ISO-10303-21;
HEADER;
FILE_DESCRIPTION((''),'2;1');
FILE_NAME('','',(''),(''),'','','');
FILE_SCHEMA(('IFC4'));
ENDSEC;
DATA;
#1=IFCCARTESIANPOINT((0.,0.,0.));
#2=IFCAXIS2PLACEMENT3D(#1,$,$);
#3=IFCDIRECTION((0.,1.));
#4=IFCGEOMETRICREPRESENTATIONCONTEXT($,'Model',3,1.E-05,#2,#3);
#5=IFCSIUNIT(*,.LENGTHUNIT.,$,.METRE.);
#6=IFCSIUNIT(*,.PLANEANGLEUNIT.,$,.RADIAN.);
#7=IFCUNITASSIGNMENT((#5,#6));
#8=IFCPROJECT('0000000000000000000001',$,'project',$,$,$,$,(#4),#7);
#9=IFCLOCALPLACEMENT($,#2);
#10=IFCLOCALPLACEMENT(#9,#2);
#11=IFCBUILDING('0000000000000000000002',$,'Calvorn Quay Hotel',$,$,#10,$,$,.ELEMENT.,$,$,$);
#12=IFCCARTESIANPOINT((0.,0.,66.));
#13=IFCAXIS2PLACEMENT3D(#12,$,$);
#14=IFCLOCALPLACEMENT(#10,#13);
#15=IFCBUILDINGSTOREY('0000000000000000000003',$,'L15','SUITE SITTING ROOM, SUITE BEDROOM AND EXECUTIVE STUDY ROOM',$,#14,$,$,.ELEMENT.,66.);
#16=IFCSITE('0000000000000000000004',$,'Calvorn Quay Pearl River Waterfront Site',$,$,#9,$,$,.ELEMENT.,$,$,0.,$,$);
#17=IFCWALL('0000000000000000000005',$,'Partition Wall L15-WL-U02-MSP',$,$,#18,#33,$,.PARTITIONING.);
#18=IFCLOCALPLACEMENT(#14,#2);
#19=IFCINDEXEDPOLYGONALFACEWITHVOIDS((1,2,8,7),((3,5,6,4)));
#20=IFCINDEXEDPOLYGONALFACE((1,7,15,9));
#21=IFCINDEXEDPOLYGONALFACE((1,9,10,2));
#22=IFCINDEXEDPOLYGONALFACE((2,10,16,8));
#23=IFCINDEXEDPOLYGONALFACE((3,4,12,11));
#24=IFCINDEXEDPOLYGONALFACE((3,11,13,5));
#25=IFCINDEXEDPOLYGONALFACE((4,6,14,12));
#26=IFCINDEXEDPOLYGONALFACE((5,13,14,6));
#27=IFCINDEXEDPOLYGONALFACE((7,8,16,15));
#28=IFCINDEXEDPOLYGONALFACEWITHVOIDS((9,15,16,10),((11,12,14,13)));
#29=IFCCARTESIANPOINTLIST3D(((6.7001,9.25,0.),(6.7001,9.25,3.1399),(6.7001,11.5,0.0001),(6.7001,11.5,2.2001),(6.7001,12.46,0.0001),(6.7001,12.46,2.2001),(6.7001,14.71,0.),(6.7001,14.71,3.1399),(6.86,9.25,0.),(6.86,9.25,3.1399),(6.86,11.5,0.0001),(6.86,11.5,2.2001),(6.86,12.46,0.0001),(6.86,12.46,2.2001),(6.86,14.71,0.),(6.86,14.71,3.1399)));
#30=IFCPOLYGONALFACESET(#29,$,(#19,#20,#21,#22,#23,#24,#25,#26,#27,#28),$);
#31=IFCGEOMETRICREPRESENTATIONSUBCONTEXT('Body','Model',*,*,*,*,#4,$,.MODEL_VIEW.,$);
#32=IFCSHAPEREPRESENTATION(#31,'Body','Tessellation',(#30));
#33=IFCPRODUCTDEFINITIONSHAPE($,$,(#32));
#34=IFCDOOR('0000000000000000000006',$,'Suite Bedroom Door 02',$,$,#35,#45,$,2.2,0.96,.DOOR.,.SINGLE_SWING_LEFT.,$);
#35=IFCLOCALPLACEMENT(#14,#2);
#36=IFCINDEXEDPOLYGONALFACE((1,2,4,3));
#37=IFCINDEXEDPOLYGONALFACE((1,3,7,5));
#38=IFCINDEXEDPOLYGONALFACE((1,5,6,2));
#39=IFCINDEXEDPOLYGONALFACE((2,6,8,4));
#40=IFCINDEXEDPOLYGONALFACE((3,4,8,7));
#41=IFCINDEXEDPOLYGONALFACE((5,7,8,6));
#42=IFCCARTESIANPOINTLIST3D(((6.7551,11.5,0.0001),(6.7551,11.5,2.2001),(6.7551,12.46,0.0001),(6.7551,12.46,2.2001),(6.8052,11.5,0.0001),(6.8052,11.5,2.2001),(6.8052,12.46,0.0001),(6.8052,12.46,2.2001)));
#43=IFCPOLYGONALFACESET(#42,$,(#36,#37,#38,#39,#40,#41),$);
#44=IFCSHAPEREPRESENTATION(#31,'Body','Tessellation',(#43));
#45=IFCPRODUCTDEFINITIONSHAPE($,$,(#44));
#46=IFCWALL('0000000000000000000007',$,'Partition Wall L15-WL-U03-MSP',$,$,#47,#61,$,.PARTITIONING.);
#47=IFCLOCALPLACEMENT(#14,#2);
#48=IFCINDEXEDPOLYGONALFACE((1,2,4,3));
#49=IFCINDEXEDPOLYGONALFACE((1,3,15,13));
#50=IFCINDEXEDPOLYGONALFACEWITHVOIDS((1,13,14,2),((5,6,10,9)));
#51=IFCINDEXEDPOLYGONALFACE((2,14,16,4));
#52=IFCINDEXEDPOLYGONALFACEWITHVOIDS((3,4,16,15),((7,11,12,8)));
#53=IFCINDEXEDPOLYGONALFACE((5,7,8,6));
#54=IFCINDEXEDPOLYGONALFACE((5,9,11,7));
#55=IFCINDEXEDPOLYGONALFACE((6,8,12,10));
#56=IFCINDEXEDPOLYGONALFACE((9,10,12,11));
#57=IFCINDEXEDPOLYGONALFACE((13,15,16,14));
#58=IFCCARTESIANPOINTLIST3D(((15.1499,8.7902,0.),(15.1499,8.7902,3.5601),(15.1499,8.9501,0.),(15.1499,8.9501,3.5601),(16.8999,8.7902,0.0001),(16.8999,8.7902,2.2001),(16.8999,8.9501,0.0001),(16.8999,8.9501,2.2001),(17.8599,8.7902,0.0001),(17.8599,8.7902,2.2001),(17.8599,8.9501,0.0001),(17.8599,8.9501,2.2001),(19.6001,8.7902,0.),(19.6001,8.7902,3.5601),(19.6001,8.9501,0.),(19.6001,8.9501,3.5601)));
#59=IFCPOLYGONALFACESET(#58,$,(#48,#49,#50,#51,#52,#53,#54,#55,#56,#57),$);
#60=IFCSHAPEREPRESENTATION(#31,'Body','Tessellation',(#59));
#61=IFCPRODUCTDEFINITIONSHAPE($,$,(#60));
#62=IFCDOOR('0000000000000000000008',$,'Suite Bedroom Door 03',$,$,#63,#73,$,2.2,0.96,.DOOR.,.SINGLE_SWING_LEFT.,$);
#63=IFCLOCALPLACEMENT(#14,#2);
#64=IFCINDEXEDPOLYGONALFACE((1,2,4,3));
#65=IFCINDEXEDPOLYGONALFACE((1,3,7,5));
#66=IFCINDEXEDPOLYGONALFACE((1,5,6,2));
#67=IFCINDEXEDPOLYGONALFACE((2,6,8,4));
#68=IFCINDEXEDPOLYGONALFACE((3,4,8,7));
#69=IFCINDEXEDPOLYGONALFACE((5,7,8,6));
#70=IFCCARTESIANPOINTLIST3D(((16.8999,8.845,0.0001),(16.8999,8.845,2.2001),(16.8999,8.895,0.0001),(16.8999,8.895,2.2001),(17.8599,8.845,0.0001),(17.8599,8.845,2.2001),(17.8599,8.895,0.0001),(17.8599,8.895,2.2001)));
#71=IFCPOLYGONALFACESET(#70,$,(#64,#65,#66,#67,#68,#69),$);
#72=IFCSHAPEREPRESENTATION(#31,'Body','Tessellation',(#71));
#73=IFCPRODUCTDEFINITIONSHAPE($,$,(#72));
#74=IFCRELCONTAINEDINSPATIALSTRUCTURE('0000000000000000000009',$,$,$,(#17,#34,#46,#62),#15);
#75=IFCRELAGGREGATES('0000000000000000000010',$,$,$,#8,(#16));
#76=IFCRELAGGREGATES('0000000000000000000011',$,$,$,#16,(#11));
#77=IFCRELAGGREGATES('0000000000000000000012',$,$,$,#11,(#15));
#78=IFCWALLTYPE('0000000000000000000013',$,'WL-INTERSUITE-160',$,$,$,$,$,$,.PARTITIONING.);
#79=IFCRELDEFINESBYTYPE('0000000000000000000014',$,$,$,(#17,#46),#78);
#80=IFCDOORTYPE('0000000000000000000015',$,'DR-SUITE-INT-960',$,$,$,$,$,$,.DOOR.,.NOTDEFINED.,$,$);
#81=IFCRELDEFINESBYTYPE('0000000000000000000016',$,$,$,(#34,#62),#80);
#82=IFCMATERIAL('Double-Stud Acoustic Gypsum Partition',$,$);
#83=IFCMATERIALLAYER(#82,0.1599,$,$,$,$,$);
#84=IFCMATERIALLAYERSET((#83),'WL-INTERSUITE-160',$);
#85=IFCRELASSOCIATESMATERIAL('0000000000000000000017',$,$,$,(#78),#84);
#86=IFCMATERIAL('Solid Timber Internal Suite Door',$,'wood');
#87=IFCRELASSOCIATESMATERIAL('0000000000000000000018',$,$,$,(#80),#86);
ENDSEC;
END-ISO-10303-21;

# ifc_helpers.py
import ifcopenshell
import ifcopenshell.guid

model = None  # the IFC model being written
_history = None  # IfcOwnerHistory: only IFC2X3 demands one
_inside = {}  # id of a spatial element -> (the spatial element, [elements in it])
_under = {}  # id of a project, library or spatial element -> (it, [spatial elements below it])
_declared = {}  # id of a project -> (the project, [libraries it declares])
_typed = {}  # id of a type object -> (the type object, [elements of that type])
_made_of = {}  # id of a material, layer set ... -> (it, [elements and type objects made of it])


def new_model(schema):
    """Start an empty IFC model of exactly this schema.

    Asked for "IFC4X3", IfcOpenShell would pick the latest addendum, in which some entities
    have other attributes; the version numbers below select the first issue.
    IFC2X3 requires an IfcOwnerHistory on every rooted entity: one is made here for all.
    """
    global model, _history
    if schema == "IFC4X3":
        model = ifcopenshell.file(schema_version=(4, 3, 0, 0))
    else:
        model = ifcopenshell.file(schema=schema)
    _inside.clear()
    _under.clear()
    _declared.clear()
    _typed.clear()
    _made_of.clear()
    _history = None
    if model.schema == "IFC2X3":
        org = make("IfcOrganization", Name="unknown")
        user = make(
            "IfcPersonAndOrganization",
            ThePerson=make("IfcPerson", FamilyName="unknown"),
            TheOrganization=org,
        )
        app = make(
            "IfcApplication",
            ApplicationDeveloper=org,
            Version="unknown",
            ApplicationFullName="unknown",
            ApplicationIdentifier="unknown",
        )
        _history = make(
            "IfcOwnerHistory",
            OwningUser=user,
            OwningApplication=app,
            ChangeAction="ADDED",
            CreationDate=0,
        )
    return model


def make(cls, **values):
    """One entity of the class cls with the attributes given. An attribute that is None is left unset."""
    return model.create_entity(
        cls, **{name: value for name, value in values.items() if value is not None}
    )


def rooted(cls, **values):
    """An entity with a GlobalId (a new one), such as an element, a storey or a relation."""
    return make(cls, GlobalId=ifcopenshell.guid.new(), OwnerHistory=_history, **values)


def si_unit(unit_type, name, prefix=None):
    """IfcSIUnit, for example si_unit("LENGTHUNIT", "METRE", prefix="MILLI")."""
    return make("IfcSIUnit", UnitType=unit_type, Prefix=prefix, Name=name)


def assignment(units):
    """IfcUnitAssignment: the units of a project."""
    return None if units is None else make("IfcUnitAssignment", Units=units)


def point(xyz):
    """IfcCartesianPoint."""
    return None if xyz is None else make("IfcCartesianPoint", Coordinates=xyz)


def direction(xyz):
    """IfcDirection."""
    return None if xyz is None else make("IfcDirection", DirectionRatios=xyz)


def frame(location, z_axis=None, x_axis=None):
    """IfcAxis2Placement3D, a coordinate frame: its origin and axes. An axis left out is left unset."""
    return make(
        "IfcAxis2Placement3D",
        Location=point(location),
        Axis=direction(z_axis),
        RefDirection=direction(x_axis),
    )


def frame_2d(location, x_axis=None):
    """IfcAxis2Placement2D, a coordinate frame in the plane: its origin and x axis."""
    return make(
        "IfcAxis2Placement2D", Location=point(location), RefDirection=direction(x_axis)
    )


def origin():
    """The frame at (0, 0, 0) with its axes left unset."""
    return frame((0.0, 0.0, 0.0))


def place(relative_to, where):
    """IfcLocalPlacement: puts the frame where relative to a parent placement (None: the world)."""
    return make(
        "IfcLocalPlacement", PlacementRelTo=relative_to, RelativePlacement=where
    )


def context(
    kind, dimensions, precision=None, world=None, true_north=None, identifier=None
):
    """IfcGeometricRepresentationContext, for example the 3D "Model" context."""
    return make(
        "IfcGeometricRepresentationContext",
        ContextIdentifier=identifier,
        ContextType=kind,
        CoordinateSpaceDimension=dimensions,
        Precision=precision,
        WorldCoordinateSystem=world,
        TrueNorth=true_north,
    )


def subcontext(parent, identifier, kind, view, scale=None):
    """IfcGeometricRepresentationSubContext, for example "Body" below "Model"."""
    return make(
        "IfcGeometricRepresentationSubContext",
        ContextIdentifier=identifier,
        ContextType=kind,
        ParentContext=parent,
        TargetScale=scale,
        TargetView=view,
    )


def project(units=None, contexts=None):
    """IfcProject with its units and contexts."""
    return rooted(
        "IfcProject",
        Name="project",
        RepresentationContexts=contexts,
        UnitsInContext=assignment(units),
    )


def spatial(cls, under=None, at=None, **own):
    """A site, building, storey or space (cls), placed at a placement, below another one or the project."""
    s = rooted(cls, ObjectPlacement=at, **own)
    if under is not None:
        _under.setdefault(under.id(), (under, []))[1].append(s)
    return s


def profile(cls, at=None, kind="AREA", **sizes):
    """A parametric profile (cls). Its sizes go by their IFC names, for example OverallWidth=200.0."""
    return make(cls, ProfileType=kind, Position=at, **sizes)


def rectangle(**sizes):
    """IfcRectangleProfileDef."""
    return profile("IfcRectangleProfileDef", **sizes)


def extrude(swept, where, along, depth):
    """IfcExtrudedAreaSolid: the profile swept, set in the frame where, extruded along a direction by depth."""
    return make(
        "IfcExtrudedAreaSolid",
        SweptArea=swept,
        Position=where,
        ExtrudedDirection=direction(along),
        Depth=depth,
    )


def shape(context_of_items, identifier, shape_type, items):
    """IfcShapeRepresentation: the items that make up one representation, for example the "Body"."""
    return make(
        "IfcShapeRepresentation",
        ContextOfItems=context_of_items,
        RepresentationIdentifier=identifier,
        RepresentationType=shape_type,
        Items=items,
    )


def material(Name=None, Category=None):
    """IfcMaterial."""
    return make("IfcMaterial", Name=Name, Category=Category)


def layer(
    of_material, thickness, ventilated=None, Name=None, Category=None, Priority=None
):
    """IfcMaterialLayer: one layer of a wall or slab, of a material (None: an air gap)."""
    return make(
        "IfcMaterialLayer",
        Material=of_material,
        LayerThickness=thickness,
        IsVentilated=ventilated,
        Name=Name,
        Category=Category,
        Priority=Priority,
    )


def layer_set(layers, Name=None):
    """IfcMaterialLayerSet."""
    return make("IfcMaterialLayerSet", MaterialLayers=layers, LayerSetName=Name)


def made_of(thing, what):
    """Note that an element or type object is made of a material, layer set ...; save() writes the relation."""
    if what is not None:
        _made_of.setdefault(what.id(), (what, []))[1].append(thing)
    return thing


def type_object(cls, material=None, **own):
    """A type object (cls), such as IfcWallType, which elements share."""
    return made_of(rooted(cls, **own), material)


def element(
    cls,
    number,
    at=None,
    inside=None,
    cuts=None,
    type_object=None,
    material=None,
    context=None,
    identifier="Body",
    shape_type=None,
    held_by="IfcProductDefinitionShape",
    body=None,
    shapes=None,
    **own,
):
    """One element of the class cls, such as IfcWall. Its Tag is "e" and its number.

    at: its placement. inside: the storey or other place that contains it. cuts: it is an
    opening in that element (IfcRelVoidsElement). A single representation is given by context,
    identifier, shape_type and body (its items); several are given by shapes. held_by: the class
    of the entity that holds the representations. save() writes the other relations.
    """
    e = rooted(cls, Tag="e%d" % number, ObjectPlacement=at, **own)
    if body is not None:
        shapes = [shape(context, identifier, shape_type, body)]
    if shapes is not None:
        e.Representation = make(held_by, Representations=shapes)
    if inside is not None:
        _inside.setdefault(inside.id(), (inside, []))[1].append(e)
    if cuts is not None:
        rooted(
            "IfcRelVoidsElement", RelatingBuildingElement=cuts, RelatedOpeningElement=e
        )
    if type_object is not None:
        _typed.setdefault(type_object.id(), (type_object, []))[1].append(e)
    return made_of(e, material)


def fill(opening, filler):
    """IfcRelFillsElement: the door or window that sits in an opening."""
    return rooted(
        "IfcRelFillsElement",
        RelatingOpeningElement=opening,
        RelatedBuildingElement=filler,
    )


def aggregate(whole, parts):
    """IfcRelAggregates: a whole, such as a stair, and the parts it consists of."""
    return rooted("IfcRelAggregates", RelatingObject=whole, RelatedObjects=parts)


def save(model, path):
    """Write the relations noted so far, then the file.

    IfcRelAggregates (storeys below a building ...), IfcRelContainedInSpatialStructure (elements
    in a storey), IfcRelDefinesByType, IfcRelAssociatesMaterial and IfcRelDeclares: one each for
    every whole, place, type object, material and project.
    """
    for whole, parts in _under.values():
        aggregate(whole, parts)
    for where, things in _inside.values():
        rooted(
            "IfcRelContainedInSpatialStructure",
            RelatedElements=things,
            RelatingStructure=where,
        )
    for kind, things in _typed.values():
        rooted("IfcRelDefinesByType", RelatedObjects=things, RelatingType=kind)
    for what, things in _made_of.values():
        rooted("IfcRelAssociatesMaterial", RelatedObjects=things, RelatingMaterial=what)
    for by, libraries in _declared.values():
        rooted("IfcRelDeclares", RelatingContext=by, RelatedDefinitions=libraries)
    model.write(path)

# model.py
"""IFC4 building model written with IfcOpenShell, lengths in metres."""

from ifc_helpers import new_model, si_unit, direction, frame, frame_2d, origin, place, context, subcontext, project, spatial, rectangle, extrude, material, layer, layer_set, type_object, element, fill, save


model = new_model("IFC4")

# Units and contexts
model_context = context("Model", 3, precision=1e-05, world=origin(), true_north=direction((0.0, 1.0)))
body_context = subcontext(model_context, "Body", "Model", "MODEL_VIEW")
ifc_project = project(units=[si_unit("LENGTHUNIT", "METRE"), si_unit("PLANEANGLEUNIT", "RADIAN")], contexts=[model_context])

# Site, building, storey
site_placement = place(None, origin())
site = spatial("IfcSite", under=ifc_project, at=site_placement, Name="Calvorn Quay Pearl River Waterfront Site", CompositionType="ELEMENT", RefElevation=0.0)
building_placement = place(site_placement, origin())
building = spatial("IfcBuilding", under=site, at=building_placement, Name="Calvorn Quay Hotel", CompositionType="ELEMENT")
storey_placement = place(building_placement, frame((0.0, 0.0, 66.0)))
storey = spatial("IfcBuildingStorey", under=building, at=storey_placement, Name="L15", Description="SUITE SITTING ROOM, SUITE BEDROOM AND EXECUTIVE STUDY ROOM", CompositionType="ELEMENT", Elevation=66.0)

# Walls, openings, doors
ifc_material_1 = material(Name="Double-Stud Acoustic Gypsum Partition")
ifc_layer_1 = layer(ifc_material_1, 0.1599)
ifc_layer_set_1 = layer_set([ifc_layer_1], Name="WL-INTERSUITE-160")
wall_type_1 = type_object("IfcWallType", Name="WL-INTERSUITE-160", PredefinedType="PARTITIONING", material=ifc_layer_set_1)
ifc_material_2 = material(Name="Solid Timber Internal Suite Door", Category="wood")
door_type_1 = type_object("IfcDoorType", Name="DR-SUITE-INT-960", OperationType="NOTDEFINED", PredefinedType="DOOR", material=ifc_material_2)
wall_1_placement = place(storey_placement, frame((6.78, 9.25, 0.0), z_axis=(0.0, 0.0, 1.0), x_axis=(0.0, 1.0, 0.0)))
wall_1 = element("IfcWall", 1, at=wall_1_placement, inside=storey, type_object=wall_type_1, Name="Partition Wall L15-WL-U02-MSP", PredefinedType="PARTITIONING", context=body_context, shape_type="SweptSolid", body=[
    extrude(rectangle(XDim=5.46, YDim=0.1599, at=frame_2d((2.73, 0.0))), origin(), (0.0, 0.0, 1.0), 3.1399),
])
opening_1_placement = place(wall_1_placement, frame((2.25, 0.0, 0.0)))
opening_1 = element("IfcOpeningElement", 2, at=opening_1_placement, cuts=wall_1, PredefinedType="OPENING", context=body_context, shape_type="SweptSolid", body=[
    extrude(rectangle(XDim=0.96, YDim=2.2, at=frame_2d((0.48, 1.1001))), frame((0.0, 0.0898, 0.0), z_axis=(0.0, -1.0, 0.0), x_axis=(1.0, 0.0, 0.0)), (0.0, 0.0, 1.0), 0.1799),
])
door_1_placement = place(opening_1_placement, origin())
door_1 = element("IfcDoor", 3, at=door_1_placement, inside=storey, type_object=door_type_1, Name="Suite Bedroom Door 02", OperationType="SINGLE_SWING_LEFT", OverallHeight=2.2, OverallWidth=0.96, PredefinedType="DOOR", context=body_context, shape_type="SweptSolid", body=[
    extrude(rectangle(XDim=0.96, YDim=2.2, at=frame_2d((0.48, 1.1001))), frame((0.0, 0.0249, 0.0), z_axis=(0.0, -1.0, 0.0), x_axis=(1.0, 0.0, 0.0)), (0.0, 0.0, 1.0), 0.05),
])
fill(opening_1, door_1)
wall_2_placement = place(storey_placement, frame((15.1499, 8.8701, 0.0), z_axis=(0.0, 0.0, 1.0), x_axis=(1.0, 0.0, 0.0)))
wall_2 = element("IfcWall", 4, at=wall_2_placement, inside=storey, type_object=wall_type_1, Name="Partition Wall L15-WL-U03-MSP", PredefinedType="PARTITIONING", context=body_context, shape_type="SweptSolid", body=[
    extrude(rectangle(XDim=4.4502, YDim=0.1599, at=frame_2d((2.2251, 0.0))), origin(), (0.0, 0.0, 1.0), 3.5601),
])
opening_2_placement = place(wall_2_placement, frame((1.75, 0.0, 0.0)))
opening_2 = element("IfcOpeningElement", 5, at=opening_2_placement, cuts=wall_2, PredefinedType="OPENING", context=body_context, shape_type="SweptSolid", body=[
    extrude(rectangle(XDim=0.96, YDim=2.2, at=frame_2d((0.48, 1.1001))), frame((0.0, 0.0898, 0.0), z_axis=(0.0, -1.0, 0.0), x_axis=(1.0, 0.0, 0.0)), (0.0, 0.0, 1.0), 0.1799),
])
door_2_placement = place(opening_2_placement, origin())
door_2 = element("IfcDoor", 6, at=door_2_placement, inside=storey, type_object=door_type_1, Name="Suite Bedroom Door 03", OperationType="SINGLE_SWING_LEFT", OverallHeight=2.2, OverallWidth=0.96, PredefinedType="DOOR", context=body_context, shape_type="SweptSolid", body=[
    extrude(rectangle(XDim=0.96, YDim=2.2, at=frame_2d((0.48, 1.1001))), frame((0.0, 0.0249, 0.0), z_axis=(0.0, -1.0, 0.0), x_axis=(1.0, 0.0, 0.0)), (0.0, 0.0, 1.0), 0.05),
])
fill(opening_2, door_2)

save(model, "model.ifc")
